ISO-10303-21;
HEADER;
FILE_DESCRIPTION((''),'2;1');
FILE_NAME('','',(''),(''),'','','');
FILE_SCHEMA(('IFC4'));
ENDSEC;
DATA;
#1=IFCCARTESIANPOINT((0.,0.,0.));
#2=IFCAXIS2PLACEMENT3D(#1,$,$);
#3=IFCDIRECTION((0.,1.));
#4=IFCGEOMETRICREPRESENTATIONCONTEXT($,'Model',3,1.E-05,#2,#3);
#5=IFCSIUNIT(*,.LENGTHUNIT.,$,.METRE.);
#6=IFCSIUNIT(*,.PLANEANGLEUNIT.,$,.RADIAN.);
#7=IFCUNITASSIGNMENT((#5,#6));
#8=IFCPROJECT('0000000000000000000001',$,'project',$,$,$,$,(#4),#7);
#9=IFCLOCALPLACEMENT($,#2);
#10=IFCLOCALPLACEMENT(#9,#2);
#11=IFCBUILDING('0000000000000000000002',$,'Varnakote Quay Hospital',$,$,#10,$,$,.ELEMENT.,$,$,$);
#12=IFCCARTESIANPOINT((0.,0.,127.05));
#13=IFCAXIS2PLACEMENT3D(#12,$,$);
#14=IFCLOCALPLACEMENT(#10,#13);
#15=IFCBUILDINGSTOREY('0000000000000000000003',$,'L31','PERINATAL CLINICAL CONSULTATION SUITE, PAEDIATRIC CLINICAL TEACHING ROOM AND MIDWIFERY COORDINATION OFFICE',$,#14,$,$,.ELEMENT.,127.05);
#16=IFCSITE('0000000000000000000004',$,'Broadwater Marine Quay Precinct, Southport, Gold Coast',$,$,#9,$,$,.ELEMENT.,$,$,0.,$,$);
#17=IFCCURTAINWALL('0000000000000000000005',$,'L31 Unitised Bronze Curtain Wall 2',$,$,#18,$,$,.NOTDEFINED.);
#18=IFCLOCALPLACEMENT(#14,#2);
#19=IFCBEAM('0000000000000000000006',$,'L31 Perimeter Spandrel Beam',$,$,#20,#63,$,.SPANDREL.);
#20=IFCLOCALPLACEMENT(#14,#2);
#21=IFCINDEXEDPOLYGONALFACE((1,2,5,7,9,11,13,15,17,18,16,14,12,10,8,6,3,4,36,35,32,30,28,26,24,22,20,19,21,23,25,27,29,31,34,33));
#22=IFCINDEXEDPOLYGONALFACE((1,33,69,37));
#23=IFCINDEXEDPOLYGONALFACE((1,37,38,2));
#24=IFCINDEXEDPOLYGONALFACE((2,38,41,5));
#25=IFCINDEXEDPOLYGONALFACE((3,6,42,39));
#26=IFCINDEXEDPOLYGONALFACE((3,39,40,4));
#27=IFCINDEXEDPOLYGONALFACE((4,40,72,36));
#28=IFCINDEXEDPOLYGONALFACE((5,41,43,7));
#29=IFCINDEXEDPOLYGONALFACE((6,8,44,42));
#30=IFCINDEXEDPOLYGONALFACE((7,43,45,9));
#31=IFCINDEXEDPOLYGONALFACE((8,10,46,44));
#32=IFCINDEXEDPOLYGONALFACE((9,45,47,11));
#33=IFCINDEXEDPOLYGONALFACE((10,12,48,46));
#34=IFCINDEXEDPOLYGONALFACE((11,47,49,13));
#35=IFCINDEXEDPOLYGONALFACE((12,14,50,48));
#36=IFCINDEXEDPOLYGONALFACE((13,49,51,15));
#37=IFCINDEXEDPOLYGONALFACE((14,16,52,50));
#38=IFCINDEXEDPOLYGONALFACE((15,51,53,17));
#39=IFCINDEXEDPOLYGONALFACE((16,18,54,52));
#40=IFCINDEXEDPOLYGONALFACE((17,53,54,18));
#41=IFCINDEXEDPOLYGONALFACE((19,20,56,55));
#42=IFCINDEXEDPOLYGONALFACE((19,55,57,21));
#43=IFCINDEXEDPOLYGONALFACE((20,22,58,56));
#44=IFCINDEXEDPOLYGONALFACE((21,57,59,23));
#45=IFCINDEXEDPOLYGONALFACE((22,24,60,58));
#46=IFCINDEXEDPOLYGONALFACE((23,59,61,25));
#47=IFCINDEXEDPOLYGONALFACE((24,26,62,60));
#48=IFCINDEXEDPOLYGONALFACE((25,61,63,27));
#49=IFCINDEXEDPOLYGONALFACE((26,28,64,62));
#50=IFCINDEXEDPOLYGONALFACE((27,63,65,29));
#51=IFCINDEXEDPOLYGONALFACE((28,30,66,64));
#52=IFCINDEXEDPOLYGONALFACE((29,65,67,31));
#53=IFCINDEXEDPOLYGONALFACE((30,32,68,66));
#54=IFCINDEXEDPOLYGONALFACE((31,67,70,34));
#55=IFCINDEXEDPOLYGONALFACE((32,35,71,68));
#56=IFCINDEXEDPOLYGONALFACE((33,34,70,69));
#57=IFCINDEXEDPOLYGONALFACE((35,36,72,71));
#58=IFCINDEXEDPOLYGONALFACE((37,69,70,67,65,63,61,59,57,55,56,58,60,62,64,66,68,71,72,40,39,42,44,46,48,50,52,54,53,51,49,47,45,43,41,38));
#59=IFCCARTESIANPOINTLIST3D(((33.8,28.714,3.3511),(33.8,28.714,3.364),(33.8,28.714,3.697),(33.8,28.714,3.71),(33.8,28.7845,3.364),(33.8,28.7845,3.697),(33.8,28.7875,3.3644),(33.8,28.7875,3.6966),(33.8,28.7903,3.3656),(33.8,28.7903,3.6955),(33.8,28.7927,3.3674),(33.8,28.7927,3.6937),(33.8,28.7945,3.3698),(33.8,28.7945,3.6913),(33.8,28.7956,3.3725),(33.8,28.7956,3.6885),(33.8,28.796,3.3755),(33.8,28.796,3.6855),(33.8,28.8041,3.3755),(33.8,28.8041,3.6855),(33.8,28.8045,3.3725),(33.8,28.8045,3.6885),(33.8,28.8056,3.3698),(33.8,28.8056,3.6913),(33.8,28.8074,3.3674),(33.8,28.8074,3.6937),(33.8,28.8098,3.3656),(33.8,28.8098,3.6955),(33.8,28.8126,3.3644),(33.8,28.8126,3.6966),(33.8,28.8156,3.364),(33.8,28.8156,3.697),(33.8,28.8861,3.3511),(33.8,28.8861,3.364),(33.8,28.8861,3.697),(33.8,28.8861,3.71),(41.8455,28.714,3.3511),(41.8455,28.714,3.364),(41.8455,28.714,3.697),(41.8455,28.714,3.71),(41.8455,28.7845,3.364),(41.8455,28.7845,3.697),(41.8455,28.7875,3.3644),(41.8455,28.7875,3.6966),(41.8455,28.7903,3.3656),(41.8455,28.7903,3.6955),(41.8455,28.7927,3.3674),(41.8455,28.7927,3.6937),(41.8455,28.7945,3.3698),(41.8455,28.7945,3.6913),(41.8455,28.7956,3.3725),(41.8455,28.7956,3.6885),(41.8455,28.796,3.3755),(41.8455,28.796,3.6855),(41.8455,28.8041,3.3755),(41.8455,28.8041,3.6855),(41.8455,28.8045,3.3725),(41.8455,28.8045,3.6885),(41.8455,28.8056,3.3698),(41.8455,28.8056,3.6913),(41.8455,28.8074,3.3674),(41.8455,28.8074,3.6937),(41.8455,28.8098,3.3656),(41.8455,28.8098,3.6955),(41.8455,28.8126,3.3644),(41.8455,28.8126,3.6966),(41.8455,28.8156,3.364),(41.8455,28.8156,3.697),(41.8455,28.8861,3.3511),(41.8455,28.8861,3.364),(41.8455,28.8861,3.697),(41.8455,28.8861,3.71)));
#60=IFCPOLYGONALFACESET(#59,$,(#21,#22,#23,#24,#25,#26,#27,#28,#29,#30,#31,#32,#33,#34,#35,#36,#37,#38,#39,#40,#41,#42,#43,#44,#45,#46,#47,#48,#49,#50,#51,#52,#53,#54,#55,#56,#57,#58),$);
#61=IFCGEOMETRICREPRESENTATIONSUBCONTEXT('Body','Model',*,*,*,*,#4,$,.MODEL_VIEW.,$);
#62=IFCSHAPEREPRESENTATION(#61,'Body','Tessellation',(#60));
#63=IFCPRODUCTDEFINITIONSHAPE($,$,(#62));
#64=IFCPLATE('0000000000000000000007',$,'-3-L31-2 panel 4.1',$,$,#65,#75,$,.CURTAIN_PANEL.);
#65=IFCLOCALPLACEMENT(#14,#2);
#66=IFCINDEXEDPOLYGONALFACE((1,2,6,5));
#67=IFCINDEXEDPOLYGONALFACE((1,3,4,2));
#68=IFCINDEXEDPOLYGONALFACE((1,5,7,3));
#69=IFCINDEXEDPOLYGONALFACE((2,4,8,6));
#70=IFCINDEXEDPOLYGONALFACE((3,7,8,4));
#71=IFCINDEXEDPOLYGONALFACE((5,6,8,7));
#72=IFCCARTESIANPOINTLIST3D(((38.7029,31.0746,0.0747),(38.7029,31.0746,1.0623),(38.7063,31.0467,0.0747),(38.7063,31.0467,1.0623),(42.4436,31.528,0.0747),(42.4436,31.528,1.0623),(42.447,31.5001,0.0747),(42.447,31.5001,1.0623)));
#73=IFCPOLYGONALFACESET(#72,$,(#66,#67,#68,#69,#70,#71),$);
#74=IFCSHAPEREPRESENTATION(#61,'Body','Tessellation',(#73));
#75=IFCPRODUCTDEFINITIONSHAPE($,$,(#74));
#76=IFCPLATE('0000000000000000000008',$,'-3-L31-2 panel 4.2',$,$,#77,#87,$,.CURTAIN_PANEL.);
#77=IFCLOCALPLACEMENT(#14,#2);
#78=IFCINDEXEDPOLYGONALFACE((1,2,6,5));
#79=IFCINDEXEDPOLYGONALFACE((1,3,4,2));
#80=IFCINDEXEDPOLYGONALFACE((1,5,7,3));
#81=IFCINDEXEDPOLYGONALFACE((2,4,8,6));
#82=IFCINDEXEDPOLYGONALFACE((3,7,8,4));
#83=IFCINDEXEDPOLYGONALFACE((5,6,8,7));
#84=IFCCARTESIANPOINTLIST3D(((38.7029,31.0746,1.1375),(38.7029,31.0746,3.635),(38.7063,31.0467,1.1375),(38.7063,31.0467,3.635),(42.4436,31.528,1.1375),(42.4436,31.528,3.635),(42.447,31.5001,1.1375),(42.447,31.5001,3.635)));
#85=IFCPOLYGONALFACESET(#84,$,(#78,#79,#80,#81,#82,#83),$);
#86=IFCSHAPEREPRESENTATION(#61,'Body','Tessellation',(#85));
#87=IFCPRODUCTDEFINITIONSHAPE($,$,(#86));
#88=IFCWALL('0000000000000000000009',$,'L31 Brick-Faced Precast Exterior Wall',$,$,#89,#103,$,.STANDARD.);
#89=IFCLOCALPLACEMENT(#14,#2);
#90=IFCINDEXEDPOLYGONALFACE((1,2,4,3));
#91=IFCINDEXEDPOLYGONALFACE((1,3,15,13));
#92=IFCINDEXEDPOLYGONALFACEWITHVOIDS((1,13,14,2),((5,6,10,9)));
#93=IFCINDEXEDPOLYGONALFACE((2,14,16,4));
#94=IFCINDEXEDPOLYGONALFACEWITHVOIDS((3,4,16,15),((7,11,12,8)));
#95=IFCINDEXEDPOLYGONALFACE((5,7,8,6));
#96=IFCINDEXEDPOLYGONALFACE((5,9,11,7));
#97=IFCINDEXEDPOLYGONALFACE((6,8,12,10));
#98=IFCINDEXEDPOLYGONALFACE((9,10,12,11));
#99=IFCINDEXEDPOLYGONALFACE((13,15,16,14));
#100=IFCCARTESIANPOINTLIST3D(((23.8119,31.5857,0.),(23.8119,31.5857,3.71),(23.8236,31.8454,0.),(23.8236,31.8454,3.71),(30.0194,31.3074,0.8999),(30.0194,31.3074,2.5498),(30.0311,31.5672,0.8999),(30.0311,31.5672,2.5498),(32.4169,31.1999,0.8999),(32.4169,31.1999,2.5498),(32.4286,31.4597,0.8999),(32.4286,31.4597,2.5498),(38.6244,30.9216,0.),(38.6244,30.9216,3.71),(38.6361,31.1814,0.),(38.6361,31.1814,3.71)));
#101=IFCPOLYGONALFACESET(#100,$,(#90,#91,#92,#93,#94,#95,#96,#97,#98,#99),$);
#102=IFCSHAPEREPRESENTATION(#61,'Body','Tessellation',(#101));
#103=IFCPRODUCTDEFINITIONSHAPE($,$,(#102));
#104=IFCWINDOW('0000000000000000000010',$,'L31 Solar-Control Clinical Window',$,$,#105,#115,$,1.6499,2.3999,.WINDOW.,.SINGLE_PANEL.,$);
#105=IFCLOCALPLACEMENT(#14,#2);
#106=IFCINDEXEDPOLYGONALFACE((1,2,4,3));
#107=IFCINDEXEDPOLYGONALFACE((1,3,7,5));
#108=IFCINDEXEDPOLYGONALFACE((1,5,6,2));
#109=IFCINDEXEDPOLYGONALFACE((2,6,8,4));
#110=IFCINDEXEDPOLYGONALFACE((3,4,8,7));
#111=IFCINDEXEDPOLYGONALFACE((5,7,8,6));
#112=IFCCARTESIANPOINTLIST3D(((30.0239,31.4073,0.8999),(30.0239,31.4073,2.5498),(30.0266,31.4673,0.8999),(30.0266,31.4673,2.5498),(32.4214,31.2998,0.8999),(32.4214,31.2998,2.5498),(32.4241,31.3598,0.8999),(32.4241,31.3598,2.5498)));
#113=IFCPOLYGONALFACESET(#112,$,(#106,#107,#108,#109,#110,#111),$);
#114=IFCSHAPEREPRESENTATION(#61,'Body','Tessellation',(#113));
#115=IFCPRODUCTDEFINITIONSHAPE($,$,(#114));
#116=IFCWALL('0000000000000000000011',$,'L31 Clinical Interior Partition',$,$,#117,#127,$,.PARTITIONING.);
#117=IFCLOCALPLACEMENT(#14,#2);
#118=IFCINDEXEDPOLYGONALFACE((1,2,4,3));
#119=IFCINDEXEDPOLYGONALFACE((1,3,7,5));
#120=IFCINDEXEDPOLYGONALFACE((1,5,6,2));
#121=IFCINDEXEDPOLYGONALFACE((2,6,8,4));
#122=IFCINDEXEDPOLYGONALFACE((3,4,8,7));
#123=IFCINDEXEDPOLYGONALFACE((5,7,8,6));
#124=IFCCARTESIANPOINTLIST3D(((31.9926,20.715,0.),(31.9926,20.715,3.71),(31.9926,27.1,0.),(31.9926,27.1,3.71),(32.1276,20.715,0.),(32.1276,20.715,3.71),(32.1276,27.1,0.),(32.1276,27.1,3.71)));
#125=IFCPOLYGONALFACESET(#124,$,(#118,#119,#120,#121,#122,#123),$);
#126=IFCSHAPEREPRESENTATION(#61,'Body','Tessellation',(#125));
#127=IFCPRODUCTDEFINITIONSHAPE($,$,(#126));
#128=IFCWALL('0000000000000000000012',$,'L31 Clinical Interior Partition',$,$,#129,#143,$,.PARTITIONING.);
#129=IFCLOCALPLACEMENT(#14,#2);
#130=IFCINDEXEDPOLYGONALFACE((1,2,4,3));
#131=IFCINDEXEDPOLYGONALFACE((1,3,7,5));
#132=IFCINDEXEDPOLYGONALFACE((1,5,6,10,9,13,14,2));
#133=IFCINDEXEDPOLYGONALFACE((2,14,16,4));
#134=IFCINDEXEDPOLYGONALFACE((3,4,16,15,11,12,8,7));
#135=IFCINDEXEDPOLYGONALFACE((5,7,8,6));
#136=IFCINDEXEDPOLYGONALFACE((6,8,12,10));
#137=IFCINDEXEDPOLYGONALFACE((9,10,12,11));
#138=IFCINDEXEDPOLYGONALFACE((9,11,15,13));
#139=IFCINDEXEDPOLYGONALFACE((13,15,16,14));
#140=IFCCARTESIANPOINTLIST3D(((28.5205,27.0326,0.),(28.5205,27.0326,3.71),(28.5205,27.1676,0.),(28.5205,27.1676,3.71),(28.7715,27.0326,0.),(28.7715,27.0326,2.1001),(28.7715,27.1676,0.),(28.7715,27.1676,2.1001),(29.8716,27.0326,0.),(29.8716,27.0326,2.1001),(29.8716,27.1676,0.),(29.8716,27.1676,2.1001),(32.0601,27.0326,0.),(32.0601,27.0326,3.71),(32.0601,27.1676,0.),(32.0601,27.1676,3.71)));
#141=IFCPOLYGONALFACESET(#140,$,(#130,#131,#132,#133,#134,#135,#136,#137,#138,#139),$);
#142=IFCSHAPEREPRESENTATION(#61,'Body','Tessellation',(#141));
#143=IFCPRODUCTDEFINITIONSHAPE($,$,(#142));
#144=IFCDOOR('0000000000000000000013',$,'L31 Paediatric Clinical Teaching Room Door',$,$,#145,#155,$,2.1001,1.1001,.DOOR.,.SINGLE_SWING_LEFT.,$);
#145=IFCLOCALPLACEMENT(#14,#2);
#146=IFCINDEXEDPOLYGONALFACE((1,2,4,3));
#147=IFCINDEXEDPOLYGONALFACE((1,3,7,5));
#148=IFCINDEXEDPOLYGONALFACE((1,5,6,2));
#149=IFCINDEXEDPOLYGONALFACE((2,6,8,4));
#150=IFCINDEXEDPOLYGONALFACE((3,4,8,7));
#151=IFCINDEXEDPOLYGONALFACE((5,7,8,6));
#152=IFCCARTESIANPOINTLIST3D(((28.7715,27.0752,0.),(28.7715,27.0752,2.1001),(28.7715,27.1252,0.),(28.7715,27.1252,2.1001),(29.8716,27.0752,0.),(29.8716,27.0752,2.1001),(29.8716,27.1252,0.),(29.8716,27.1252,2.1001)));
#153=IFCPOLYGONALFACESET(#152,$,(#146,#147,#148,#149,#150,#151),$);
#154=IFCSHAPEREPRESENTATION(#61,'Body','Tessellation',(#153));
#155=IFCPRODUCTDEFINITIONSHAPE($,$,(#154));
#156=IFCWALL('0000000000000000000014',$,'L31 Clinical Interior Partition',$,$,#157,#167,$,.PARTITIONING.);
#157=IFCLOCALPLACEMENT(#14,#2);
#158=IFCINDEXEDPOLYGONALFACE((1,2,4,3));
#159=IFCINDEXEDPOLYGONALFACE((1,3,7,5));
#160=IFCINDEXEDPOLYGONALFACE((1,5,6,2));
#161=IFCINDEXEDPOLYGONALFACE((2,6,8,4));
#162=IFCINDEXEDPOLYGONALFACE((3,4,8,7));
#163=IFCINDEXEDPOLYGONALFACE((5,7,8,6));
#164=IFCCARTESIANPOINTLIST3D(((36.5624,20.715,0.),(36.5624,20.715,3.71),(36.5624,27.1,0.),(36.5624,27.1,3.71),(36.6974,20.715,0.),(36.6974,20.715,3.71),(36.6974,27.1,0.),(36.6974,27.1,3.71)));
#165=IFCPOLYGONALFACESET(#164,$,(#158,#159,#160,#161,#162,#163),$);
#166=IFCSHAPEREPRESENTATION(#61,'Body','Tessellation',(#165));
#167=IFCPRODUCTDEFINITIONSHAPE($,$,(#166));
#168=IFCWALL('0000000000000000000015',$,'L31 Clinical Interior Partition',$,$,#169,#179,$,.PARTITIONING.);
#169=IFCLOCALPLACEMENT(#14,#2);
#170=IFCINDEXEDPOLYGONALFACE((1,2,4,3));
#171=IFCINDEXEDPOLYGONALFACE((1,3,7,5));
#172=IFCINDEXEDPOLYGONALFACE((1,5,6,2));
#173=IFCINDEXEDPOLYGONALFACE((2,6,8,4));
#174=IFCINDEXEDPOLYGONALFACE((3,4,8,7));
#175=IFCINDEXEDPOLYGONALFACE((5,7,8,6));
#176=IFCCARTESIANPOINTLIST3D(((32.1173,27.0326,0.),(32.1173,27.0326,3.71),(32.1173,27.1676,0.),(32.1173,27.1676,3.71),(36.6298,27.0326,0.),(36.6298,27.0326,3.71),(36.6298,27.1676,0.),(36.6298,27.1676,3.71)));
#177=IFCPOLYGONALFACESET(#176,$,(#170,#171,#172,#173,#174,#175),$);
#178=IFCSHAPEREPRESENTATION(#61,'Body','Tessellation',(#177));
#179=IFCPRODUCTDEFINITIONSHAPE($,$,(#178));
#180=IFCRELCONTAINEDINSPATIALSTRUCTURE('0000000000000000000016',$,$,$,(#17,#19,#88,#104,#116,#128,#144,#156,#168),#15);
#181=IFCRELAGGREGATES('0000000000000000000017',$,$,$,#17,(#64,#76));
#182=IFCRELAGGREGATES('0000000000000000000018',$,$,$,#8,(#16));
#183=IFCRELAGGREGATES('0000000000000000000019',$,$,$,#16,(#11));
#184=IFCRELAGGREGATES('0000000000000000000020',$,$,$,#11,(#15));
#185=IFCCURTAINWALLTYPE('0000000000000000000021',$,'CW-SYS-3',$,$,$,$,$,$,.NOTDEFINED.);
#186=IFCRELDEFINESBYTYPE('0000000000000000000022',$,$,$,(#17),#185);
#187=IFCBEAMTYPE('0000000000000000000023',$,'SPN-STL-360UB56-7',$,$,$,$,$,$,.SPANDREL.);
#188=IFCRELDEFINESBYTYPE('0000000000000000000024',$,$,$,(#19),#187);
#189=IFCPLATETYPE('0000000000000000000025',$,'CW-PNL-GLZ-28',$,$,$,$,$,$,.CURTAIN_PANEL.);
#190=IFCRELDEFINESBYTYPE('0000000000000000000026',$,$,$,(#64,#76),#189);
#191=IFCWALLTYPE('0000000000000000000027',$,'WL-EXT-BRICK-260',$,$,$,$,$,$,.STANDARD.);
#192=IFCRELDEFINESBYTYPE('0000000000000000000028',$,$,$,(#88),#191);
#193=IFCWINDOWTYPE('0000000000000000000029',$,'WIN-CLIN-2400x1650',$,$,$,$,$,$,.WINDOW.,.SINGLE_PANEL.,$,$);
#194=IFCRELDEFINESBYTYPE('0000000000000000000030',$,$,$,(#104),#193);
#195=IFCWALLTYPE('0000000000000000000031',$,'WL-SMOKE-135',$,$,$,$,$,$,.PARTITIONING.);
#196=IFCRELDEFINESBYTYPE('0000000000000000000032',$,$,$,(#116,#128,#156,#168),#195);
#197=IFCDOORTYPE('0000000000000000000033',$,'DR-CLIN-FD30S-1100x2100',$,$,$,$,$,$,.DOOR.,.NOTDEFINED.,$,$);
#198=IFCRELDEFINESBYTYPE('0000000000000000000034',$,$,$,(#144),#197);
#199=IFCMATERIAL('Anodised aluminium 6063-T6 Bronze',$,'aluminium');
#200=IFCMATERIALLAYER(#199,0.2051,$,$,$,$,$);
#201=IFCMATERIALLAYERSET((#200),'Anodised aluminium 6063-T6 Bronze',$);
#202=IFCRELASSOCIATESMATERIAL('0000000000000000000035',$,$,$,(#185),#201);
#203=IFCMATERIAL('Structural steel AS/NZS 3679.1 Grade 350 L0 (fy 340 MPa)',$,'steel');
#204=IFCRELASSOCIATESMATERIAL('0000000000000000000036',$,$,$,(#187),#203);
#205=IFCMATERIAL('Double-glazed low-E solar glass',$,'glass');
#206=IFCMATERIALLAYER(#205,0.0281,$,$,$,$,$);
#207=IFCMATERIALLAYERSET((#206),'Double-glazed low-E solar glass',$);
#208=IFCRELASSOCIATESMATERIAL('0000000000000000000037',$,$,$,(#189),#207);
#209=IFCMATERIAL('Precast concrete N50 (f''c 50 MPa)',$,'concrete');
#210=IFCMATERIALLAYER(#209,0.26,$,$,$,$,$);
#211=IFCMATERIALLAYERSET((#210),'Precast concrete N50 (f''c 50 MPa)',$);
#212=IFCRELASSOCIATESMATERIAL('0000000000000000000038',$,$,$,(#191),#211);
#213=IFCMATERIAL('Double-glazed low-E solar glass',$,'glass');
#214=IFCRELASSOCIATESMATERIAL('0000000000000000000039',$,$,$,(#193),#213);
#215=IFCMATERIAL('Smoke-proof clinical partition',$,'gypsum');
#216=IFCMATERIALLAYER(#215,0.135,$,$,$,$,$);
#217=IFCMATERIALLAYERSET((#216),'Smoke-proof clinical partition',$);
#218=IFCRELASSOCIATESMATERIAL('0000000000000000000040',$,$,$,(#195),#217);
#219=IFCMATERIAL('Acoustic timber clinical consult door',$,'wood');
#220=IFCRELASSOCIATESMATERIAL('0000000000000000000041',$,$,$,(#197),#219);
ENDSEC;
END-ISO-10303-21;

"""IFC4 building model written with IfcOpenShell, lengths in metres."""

from ifc_helpers import new_model, si_unit, direction, frame, frame_2d, origin, origin_2d, place, context, subcontext, project, spatial, rectangle, i_section, extrude, material, layer, layer_set, material_profile, profile_set, type_object, element, fill, aggregate, save


model = new_model("IFC4")

# Units and contexts
model_context = context("Model", 3, precision=1e-05, world=origin(), true_north=direction((0.0, 1.0)))
body_context = subcontext(model_context, "Body", "Model", "MODEL_VIEW")
ifc_project = project(units=[si_unit("LENGTHUNIT", "METRE"), si_unit("PLANEANGLEUNIT", "RADIAN")], contexts=[model_context])

# Site, building, storey
site_placement = place(None, origin())
site = spatial("IfcSite", under=ifc_project, at=site_placement, Name="Broadwater Marine Quay Precinct, Southport, Gold Coast", CompositionType="ELEMENT", RefElevation=0.0)
building_placement = place(site_placement, origin())
building = spatial("IfcBuilding", under=site, at=building_placement, Name="Varnakote Quay Hospital", CompositionType="ELEMENT")
storey_placement = place(building_placement, frame((0.0, 0.0, 127.05)))
storey = spatial("IfcBuildingStorey", under=building, at=storey_placement, Name="L31", Description="PERINATAL CLINICAL CONSULTATION SUITE, PAEDIATRIC CLINICAL TEACHING ROOM AND MIDWIFERY COORDINATION OFFICE", CompositionType="ELEMENT", Elevation=127.05)

# Curtain wall
ifc_material_1 = material(Name="Anodised aluminium 6063-T6 Bronze", Category="aluminium")
ifc_layer_1 = layer(ifc_material_1, 0.2051)
ifc_layer_set_1 = layer_set([ifc_layer_1], Name="Anodised aluminium 6063-T6 Bronze")
curtain_wall_type = type_object("IfcCurtainWallType", Name="CW-SYS-3", PredefinedType="NOTDEFINED", material=ifc_layer_set_1)
curtain_wall_placement = place(storey_placement, origin())
curtain_wall = element("IfcCurtainWall", 1, at=curtain_wall_placement, inside=storey, type_object=curtain_wall_type, Name="L31 Unitised Bronze Curtain Wall 2", PredefinedType="NOTDEFINED")

# Beam
ifc_material_2 = material(Name="Structural steel AS/NZS 3679.1 Grade 350 L0 (fy 340 MPa)", Category="steel")
ifc_material_profile_1 = material_profile(ifc_material_2, i_section(OverallWidth=0.1721, OverallDepth=0.3589, WebThickness=0.0081, FlangeThickness=0.0129, FilletRadius=0.0115, at=origin_2d()), Name="360UB56.7")
ifc_profile_set_1 = profile_set([ifc_material_profile_1], Name="Structural steel AS/NZS 3679.1 Grade 350 L0 (fy 340 MPa)")
beam_type_1 = type_object("IfcBeamType", Name="SPN-STL-360UB56-7", PredefinedType="SPANDREL", material=ifc_profile_set_1)
beam_1_placement = place(storey_placement, frame((33.8, 28.8, 3.5305), z_axis=(1.0, 0.0, 0.0), x_axis=(0.0, 1.0, 0.0)))
element("IfcBeam", 2, at=beam_1_placement, inside=storey, type_object=beam_type_1, Name="L31 Perimeter Spandrel Beam", PredefinedType="SPANDREL", context=body_context, shape_type="SweptSolid", body=[
    extrude(i_section(OverallWidth=0.1721, OverallDepth=0.3589, WebThickness=0.0081, FlangeThickness=0.0129, FilletRadius=0.0115, at=origin_2d()), origin(), (0.0, 0.0, 1.0), 8.0454),
])

# Plates
ifc_material_3 = material(Name="Double-glazed low-E solar glass", Category="glass")
ifc_layer_2 = layer(ifc_material_3, 0.0281)
ifc_layer_set_2 = layer_set([ifc_layer_2], Name="Double-glazed low-E solar glass")
plate_type = type_object("IfcPlateType", Name="CW-PNL-GLZ-28", PredefinedType="CURTAIN_PANEL", material=ifc_layer_set_2)
plate_1_placement = place(storey_placement, frame((40.575, 31.2874, 0.0747), z_axis=(0.0, 0.0, 1.0), x_axis=(-0.992734, -0.120327, 0.0)))
plate_1 = element("IfcPlate", 3, at=plate_1_placement, type_object=plate_type, Name="-3-L31-2 panel 4.1", PredefinedType="CURTAIN_PANEL", context=body_context, shape_type="SweptSolid", body=[
    extrude(rectangle(XDim=3.7681, YDim=0.0281, at=origin_2d()), origin(), (0.0, 0.0, 1.0), 0.9875),
])
plate_2_placement = place(storey_placement, frame((40.575, 31.2874, 1.1375), z_axis=(0.0, 0.0, 1.0), x_axis=(-0.992734, -0.120327, 0.0)))
plate_2 = element("IfcPlate", 4, at=plate_2_placement, type_object=plate_type, Name="-3-L31-2 panel 4.2", PredefinedType="CURTAIN_PANEL", context=body_context, shape_type="SweptSolid", body=[
    extrude(rectangle(XDim=3.7681, YDim=0.0281, at=origin_2d()), origin(), (0.0, 0.0, 1.0), 2.4976),
])
aggregate(curtain_wall, [plate_1, plate_2])

# Wall, opening, window
ifc_material_4 = material(Name="Precast concrete N50 (f'c 50 MPa)", Category="concrete")
ifc_layer_3 = layer(ifc_material_4, 0.26)
ifc_layer_set_3 = layer_set([ifc_layer_3], Name="Precast concrete N50 (f'c 50 MPa)")
wall_type_1 = type_object("IfcWallType", Name="WL-EXT-BRICK-260", PredefinedType="STANDARD", material=ifc_layer_set_3)
wall_1_placement = place(storey_placement, frame((38.6301, 31.0515, 0.0), z_axis=(0.0, 0.0, 1.0), x_axis=(-0.998997, 0.044786, 0.0)))
wall_1 = element("IfcWall", 5, at=wall_1_placement, inside=storey, type_object=wall_type_1, Name="L31 Brick-Faced Precast Exterior Wall", PredefinedType="STANDARD", context=body_context, shape_type="SweptSolid", body=[
    extrude(rectangle(XDim=14.8274, YDim=0.26, at=frame_2d((7.4136, 0.0))), origin(), (0.0, 0.0, 1.0), 3.71),
])
opening_1_placement = place(wall_1_placement, frame((6.2136, 0.0, 0.8999)))
opening_1 = element("IfcOpeningElement", 6, at=opening_1_placement, cuts=wall_1, PredefinedType="OPENING", context=body_context, shape_type="SweptSolid", body=[
    extrude(rectangle(XDim=2.3999, YDim=1.6499, at=frame_2d((1.2, 0.825))), frame((0.0, 0.1399, 0.0), z_axis=(0.0, -1.0, 0.0), x_axis=(1.0, 0.0, 0.0)), (0.0, 0.0, 1.0), 0.28),
])
ifc_material_5 = material(Name="Double-glazed low-E solar glass", Category="glass")
window_type = type_object("IfcWindowType", Name="WIN-CLIN-2400x1650", PartitioningType="SINGLE_PANEL", PredefinedType="WINDOW", material=ifc_material_5)
window_placement = place(opening_1_placement, origin())
window = element("IfcWindow", 7, at=window_placement, inside=storey, type_object=window_type, Name="L31 Solar-Control Clinical Window", OverallHeight=1.6499, OverallWidth=2.3999, PartitioningType="SINGLE_PANEL", PredefinedType="WINDOW", context=body_context, shape_type="SweptSolid", body=[
    extrude(rectangle(XDim=2.3999, YDim=1.6499, at=frame_2d((1.2, 0.825))), frame((0.0, 0.03, 0.0), z_axis=(0.0, -1.0, 0.0), x_axis=(1.0, 0.0, 0.0)), (0.0, 0.0, 1.0), 0.0601),
])
fill(opening_1, window)

# Wall
ifc_material_6 = material(Name="Smoke-proof clinical partition", Category="gypsum")
ifc_layer_4 = layer(ifc_material_6, 0.135)
ifc_layer_set_4 = layer_set([ifc_layer_4], Name="Smoke-proof clinical partition")
wall_type_2 = type_object("IfcWallType", Name="WL-SMOKE-135", PredefinedType="PARTITIONING", material=ifc_layer_set_4)
wall_2_placement = place(storey_placement, frame((32.0601, 20.7151, 0.0), z_axis=(0.0, 0.0, 1.0), x_axis=(0.0, 1.0, 0.0)))
element("IfcWall", 8, at=wall_2_placement, inside=storey, type_object=wall_type_2, Name="L31 Clinical Interior Partition", PredefinedType="PARTITIONING", context=body_context, shape_type="SweptSolid", body=[
    extrude(rectangle(XDim=6.385, YDim=0.135, at=frame_2d((3.1924, 0.0))), origin(), (0.0, 0.0, 1.0), 3.71),
])

# Wall, opening, door
wall_3_placement = place(storey_placement, frame((32.0601, 27.1001, 0.0), z_axis=(0.0, 0.0, 1.0), x_axis=(-1.0, 0.0, 0.0)))
wall_3 = element("IfcWall", 9, at=wall_3_placement, inside=storey, type_object=wall_type_2, Name="L31 Clinical Interior Partition", PredefinedType="PARTITIONING", context=body_context, shape_type="SweptSolid", body=[
    extrude(rectangle(XDim=3.5396, YDim=0.135, at=frame_2d((1.7698, 0.0))), origin(), (0.0, 0.0, 1.0), 3.71),
])
opening_2_placement = place(wall_3_placement, frame((2.1885, 0.0, 0.0)))
opening_2 = element("IfcOpeningElement", 10, at=opening_2_placement, cuts=wall_3, PredefinedType="OPENING", context=body_context, shape_type="SweptSolid", body=[
    extrude(rectangle(XDim=1.1001, YDim=2.1001, at=frame_2d((0.55, 1.05))), frame((0.0, 0.0774, 0.0), z_axis=(0.0, -1.0, 0.0), x_axis=(1.0, 0.0, 0.0)), (0.0, 0.0, 1.0), 0.155),
])
ifc_material_7 = material(Name="Acoustic timber clinical consult door", Category="wood")
door_type = type_object("IfcDoorType", Name="DR-CLIN-FD30S-1100x2100", OperationType="NOTDEFINED", PredefinedType="DOOR", material=ifc_material_7)
door_1_placement = place(opening_2_placement, origin())
door_1 = element("IfcDoor", 11, at=door_1_placement, inside=storey, type_object=door_type, Name="L31 Paediatric Clinical Teaching Room Door", OperationType="SINGLE_SWING_LEFT", OverallHeight=2.1001, OverallWidth=1.1001, PredefinedType="DOOR", context=body_context, shape_type="SweptSolid", body=[
    extrude(rectangle(XDim=1.1001, YDim=2.1001, at=frame_2d((0.55, 1.05))), frame((0.0, 0.0249, 0.0), z_axis=(0.0, -1.0, 0.0), x_axis=(1.0, 0.0, 0.0)), (0.0, 0.0, 1.0), 0.05),
])
fill(opening_2, door_1)

# Walls
wall_4_placement = place(storey_placement, frame((36.6299, 20.7151, 0.0), z_axis=(0.0, 0.0, 1.0), x_axis=(0.0, 1.0, 0.0)))
element("IfcWall", 12, at=wall_4_placement, inside=storey, type_object=wall_type_2, Name="L31 Clinical Interior Partition", PredefinedType="PARTITIONING", context=body_context, shape_type="SweptSolid", body=[
    extrude(rectangle(XDim=6.385, YDim=0.135, at=frame_2d((3.1924, 0.0))), origin(), (0.0, 0.0, 1.0), 3.71),
])
wall_5_placement = place(storey_placement, frame((36.6299, 27.1001, 0.0), z_axis=(0.0, 0.0, 1.0), x_axis=(-1.0, 0.0, 0.0)))
element("IfcWall", 13, at=wall_5_placement, inside=storey, type_object=wall_type_2, Name="L31 Clinical Interior Partition", PredefinedType="PARTITIONING", context=body_context, shape_type="SweptSolid", body=[
    extrude(rectangle(XDim=4.5125, YDim=0.135, at=frame_2d((2.2563, 0.0))), origin(), (0.0, 0.0, 1.0), 3.71),
])

save(model, "model.ifc")
